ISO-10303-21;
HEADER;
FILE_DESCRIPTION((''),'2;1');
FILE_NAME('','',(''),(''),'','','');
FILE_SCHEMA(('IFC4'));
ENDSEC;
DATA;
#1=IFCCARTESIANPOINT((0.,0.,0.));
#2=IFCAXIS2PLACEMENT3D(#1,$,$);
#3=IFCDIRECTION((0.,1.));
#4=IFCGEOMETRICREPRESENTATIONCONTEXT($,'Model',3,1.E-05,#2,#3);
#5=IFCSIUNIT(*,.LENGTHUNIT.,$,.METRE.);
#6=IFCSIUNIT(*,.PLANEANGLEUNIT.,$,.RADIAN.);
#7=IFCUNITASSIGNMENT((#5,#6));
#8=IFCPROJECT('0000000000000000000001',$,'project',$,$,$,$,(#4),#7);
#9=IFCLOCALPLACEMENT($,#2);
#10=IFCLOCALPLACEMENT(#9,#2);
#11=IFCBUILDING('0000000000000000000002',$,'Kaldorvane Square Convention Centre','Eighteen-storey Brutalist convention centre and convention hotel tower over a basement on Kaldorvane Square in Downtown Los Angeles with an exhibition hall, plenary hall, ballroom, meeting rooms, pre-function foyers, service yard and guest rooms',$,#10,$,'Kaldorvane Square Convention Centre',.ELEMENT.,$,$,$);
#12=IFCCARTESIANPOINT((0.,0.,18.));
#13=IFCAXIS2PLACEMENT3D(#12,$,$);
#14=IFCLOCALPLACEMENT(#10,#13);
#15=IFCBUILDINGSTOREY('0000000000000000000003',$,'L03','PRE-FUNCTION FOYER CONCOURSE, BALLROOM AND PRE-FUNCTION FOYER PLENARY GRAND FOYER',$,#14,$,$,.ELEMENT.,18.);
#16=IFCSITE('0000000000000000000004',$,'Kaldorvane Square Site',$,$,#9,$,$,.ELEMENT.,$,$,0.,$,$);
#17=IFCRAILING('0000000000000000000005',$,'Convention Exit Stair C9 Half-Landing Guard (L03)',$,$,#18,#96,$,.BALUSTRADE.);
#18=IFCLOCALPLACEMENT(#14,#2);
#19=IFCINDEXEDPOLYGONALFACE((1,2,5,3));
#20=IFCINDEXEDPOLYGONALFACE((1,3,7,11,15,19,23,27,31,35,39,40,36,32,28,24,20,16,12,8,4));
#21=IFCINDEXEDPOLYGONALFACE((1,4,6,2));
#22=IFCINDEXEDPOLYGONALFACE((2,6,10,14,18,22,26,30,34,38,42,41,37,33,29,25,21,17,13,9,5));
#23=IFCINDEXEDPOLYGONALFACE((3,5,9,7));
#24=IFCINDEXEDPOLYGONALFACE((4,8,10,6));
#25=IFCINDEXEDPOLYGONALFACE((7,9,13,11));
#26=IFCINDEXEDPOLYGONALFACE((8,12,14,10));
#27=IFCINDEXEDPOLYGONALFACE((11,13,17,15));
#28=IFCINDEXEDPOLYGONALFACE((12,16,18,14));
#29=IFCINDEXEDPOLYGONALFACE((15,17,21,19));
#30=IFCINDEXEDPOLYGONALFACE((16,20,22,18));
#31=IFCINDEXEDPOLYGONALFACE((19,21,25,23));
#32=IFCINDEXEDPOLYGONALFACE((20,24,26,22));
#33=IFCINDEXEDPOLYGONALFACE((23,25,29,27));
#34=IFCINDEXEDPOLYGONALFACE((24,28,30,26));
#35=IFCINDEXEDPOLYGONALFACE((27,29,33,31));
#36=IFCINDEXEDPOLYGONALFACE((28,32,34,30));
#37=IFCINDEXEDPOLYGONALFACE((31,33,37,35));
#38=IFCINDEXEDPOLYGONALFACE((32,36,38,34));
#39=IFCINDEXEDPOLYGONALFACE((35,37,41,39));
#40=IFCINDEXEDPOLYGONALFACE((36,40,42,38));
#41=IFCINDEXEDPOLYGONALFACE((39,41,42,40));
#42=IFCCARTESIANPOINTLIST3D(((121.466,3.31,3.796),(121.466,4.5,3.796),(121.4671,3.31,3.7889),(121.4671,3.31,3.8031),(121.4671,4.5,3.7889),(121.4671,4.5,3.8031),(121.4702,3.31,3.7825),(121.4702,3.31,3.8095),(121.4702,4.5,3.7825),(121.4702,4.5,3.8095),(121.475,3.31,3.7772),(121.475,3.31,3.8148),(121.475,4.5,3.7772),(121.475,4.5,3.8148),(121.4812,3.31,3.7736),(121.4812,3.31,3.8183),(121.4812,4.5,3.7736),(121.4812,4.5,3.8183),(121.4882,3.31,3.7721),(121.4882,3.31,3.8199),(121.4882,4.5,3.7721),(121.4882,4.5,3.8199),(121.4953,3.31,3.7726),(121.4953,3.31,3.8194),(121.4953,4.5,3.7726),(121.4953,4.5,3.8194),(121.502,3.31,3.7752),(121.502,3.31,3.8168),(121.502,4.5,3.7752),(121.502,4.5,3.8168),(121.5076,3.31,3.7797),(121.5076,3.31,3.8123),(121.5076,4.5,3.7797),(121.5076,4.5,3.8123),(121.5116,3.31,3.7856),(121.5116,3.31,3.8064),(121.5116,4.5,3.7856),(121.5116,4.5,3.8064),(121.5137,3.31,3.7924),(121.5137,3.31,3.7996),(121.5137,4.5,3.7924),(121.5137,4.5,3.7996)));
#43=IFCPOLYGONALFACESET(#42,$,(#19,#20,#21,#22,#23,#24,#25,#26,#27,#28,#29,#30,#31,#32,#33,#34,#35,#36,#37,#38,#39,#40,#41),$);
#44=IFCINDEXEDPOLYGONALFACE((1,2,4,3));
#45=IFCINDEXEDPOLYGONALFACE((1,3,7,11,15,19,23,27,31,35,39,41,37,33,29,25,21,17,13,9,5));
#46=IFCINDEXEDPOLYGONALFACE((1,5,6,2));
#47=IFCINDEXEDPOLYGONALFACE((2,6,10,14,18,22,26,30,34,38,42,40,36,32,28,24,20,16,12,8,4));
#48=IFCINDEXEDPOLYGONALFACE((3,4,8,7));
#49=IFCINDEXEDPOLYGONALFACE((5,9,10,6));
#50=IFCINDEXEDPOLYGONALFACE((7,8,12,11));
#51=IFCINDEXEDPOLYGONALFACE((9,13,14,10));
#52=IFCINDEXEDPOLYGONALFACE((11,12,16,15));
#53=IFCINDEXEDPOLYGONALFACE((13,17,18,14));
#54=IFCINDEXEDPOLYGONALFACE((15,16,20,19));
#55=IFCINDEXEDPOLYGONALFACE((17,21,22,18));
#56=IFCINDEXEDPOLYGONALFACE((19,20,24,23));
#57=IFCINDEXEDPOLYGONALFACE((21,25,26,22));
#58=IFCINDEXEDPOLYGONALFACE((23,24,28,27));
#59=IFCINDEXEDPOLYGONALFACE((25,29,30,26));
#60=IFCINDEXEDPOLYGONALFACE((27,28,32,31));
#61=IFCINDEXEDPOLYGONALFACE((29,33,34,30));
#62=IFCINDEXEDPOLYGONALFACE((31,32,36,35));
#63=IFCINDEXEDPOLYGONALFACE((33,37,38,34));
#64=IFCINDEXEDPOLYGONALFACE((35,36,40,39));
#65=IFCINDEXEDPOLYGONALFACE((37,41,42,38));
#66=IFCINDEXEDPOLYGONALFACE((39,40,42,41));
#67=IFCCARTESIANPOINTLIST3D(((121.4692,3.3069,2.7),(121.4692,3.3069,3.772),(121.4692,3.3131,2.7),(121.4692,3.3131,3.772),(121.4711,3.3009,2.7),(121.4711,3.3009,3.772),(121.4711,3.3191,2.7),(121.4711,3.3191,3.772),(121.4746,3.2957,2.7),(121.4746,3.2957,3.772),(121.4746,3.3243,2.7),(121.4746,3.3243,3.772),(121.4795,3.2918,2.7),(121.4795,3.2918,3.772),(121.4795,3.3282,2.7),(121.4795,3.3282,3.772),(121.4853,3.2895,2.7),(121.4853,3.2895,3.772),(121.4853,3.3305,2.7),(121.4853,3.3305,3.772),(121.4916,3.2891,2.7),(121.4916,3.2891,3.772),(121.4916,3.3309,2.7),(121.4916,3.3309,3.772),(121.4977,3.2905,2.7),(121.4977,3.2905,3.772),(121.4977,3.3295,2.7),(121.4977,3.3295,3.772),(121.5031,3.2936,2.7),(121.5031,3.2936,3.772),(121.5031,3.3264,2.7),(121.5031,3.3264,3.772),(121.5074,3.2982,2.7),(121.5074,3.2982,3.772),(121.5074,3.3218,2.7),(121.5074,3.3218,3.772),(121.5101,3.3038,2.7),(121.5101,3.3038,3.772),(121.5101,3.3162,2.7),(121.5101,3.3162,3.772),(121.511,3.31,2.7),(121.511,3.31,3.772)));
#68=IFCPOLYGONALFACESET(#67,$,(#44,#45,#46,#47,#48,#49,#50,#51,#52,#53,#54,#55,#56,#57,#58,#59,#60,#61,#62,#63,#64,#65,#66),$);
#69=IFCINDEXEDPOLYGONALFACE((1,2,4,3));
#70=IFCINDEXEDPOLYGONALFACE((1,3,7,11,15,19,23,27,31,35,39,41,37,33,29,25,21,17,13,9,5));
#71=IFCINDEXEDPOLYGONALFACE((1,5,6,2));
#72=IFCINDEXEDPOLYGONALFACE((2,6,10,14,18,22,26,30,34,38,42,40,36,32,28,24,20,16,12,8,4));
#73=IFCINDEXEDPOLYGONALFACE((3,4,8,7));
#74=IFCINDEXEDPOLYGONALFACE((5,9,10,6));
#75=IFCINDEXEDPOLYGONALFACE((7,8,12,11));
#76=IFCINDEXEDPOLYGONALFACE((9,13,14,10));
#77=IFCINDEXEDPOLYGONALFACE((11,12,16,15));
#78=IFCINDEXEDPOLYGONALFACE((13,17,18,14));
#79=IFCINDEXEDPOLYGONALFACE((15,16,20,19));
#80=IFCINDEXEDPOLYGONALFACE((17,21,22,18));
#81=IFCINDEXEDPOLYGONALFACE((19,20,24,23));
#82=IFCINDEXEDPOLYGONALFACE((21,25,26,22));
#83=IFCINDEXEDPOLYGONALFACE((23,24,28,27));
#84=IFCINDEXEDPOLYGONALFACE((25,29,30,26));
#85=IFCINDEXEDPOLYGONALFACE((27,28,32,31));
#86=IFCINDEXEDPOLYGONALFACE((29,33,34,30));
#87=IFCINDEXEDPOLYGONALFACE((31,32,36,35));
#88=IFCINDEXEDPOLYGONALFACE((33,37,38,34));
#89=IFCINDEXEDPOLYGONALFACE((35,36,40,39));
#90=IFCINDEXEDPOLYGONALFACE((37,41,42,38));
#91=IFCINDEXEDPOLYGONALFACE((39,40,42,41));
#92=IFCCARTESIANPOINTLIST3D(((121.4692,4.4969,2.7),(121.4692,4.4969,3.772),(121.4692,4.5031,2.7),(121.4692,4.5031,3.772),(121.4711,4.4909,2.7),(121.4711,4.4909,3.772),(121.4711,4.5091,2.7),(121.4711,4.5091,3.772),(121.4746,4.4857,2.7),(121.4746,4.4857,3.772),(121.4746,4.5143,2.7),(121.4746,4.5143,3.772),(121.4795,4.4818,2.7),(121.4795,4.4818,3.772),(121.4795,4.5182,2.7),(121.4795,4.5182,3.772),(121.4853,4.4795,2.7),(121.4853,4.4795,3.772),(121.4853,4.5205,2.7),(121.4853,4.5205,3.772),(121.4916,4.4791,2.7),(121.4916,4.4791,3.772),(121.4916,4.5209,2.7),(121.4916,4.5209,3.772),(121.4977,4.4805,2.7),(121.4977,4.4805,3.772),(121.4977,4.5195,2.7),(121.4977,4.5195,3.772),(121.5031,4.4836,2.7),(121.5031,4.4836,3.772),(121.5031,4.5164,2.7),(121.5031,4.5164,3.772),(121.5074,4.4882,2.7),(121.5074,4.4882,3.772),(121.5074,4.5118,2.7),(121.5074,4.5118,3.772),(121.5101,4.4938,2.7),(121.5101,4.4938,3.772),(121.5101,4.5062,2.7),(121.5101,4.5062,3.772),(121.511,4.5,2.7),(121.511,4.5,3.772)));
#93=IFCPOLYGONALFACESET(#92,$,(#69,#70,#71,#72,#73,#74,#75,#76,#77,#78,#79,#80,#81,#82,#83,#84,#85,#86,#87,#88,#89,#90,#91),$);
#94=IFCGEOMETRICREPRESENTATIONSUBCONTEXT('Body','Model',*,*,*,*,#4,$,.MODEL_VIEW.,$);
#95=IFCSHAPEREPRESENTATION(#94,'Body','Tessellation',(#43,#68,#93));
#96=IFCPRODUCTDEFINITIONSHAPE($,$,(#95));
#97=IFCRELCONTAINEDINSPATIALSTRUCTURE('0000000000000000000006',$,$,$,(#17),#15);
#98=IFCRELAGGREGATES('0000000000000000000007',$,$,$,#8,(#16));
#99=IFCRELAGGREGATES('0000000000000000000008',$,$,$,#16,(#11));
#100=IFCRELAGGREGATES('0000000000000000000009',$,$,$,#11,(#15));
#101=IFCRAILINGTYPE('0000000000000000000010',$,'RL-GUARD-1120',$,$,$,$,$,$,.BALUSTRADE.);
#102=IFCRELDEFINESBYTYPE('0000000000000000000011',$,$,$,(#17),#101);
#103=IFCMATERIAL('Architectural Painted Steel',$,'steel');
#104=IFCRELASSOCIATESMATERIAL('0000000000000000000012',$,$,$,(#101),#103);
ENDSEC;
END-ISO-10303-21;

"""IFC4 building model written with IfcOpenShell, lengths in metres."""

from ifc_helpers import new_model, si_unit, direction, frame, origin, origin_2d, place, context, subcontext, project, spatial, circle, extrude, material, type_object, element, save


model = new_model("IFC4")

# Units and contexts
model_context = context("Model", 3, precision=1e-05, world=origin(), true_north=direction((0.0, 1.0)))
body_context = subcontext(model_context, "Body", "Model", "MODEL_VIEW")
ifc_project = project(units=[si_unit("LENGTHUNIT", "METRE"), si_unit("PLANEANGLEUNIT", "RADIAN")], contexts=[model_context])

# Site, building, storey
site_placement = place(None, origin())
site = spatial("IfcSite", under=ifc_project, at=site_placement, Name="Kaldorvane Square Site", CompositionType="ELEMENT", RefElevation=0.0)
building_placement = place(site_placement, origin())
building = spatial("IfcBuilding", under=site, at=building_placement, Name="Kaldorvane Square Convention Centre", Description="Eighteen-storey Brutalist convention centre and convention hotel tower over a basement on Kaldorvane Square in Downtown Los Angeles with an exhibition hall, plenary hall, ballroom, meeting rooms, pre-function foyers, service yard and guest rooms", LongName="Kaldorvane Square Convention Centre", CompositionType="ELEMENT")
storey_placement = place(building_placement, frame((0.0, 0.0, 18.0)))
storey = spatial("IfcBuildingStorey", under=building, at=storey_placement, Name="L03", Description="PRE-FUNCTION FOYER CONCOURSE, BALLROOM AND PRE-FUNCTION FOYER PLENARY GRAND FOYER", CompositionType="ELEMENT", Elevation=18.0)

# Railing
ifc_material_1 = material(Name="Architectural Painted Steel", Category="steel")
railing_type_1 = type_object("IfcRailingType", Name="RL-GUARD-1120", PredefinedType="BALUSTRADE", material=ifc_material_1)
for number, where, name in (
    (1, (121.49, 3.31, 2.7), "Convention Exit Stair C9 Half-Landing Guard (L03)"),
):
    element("IfcRailing", number, at=place(storey_placement, frame(where)), inside=storey, type_object=railing_type_1, Name=name, PredefinedType="BALUSTRADE", context=body_context, shape_type="SweptSolid", body=[
        extrude(circle(Radius=0.024, at=origin_2d()), frame((0.0, 0.0, 1.096), z_axis=(0.0, 1.0, 0.0), x_axis=(-1.0, 0.0, 0.0)), (0.0, 0.0, 1.0), 1.19),
        extrude(circle(Radius=0.021, at=origin_2d()), origin(), (0.0, 0.0, 1.0), 1.072),
        extrude(circle(Radius=0.021, at=origin_2d()), frame((0.0, 1.19, 0.0)), (0.0, 0.0, 1.0), 1.072),
    ])

save(model, "model.ifc")
